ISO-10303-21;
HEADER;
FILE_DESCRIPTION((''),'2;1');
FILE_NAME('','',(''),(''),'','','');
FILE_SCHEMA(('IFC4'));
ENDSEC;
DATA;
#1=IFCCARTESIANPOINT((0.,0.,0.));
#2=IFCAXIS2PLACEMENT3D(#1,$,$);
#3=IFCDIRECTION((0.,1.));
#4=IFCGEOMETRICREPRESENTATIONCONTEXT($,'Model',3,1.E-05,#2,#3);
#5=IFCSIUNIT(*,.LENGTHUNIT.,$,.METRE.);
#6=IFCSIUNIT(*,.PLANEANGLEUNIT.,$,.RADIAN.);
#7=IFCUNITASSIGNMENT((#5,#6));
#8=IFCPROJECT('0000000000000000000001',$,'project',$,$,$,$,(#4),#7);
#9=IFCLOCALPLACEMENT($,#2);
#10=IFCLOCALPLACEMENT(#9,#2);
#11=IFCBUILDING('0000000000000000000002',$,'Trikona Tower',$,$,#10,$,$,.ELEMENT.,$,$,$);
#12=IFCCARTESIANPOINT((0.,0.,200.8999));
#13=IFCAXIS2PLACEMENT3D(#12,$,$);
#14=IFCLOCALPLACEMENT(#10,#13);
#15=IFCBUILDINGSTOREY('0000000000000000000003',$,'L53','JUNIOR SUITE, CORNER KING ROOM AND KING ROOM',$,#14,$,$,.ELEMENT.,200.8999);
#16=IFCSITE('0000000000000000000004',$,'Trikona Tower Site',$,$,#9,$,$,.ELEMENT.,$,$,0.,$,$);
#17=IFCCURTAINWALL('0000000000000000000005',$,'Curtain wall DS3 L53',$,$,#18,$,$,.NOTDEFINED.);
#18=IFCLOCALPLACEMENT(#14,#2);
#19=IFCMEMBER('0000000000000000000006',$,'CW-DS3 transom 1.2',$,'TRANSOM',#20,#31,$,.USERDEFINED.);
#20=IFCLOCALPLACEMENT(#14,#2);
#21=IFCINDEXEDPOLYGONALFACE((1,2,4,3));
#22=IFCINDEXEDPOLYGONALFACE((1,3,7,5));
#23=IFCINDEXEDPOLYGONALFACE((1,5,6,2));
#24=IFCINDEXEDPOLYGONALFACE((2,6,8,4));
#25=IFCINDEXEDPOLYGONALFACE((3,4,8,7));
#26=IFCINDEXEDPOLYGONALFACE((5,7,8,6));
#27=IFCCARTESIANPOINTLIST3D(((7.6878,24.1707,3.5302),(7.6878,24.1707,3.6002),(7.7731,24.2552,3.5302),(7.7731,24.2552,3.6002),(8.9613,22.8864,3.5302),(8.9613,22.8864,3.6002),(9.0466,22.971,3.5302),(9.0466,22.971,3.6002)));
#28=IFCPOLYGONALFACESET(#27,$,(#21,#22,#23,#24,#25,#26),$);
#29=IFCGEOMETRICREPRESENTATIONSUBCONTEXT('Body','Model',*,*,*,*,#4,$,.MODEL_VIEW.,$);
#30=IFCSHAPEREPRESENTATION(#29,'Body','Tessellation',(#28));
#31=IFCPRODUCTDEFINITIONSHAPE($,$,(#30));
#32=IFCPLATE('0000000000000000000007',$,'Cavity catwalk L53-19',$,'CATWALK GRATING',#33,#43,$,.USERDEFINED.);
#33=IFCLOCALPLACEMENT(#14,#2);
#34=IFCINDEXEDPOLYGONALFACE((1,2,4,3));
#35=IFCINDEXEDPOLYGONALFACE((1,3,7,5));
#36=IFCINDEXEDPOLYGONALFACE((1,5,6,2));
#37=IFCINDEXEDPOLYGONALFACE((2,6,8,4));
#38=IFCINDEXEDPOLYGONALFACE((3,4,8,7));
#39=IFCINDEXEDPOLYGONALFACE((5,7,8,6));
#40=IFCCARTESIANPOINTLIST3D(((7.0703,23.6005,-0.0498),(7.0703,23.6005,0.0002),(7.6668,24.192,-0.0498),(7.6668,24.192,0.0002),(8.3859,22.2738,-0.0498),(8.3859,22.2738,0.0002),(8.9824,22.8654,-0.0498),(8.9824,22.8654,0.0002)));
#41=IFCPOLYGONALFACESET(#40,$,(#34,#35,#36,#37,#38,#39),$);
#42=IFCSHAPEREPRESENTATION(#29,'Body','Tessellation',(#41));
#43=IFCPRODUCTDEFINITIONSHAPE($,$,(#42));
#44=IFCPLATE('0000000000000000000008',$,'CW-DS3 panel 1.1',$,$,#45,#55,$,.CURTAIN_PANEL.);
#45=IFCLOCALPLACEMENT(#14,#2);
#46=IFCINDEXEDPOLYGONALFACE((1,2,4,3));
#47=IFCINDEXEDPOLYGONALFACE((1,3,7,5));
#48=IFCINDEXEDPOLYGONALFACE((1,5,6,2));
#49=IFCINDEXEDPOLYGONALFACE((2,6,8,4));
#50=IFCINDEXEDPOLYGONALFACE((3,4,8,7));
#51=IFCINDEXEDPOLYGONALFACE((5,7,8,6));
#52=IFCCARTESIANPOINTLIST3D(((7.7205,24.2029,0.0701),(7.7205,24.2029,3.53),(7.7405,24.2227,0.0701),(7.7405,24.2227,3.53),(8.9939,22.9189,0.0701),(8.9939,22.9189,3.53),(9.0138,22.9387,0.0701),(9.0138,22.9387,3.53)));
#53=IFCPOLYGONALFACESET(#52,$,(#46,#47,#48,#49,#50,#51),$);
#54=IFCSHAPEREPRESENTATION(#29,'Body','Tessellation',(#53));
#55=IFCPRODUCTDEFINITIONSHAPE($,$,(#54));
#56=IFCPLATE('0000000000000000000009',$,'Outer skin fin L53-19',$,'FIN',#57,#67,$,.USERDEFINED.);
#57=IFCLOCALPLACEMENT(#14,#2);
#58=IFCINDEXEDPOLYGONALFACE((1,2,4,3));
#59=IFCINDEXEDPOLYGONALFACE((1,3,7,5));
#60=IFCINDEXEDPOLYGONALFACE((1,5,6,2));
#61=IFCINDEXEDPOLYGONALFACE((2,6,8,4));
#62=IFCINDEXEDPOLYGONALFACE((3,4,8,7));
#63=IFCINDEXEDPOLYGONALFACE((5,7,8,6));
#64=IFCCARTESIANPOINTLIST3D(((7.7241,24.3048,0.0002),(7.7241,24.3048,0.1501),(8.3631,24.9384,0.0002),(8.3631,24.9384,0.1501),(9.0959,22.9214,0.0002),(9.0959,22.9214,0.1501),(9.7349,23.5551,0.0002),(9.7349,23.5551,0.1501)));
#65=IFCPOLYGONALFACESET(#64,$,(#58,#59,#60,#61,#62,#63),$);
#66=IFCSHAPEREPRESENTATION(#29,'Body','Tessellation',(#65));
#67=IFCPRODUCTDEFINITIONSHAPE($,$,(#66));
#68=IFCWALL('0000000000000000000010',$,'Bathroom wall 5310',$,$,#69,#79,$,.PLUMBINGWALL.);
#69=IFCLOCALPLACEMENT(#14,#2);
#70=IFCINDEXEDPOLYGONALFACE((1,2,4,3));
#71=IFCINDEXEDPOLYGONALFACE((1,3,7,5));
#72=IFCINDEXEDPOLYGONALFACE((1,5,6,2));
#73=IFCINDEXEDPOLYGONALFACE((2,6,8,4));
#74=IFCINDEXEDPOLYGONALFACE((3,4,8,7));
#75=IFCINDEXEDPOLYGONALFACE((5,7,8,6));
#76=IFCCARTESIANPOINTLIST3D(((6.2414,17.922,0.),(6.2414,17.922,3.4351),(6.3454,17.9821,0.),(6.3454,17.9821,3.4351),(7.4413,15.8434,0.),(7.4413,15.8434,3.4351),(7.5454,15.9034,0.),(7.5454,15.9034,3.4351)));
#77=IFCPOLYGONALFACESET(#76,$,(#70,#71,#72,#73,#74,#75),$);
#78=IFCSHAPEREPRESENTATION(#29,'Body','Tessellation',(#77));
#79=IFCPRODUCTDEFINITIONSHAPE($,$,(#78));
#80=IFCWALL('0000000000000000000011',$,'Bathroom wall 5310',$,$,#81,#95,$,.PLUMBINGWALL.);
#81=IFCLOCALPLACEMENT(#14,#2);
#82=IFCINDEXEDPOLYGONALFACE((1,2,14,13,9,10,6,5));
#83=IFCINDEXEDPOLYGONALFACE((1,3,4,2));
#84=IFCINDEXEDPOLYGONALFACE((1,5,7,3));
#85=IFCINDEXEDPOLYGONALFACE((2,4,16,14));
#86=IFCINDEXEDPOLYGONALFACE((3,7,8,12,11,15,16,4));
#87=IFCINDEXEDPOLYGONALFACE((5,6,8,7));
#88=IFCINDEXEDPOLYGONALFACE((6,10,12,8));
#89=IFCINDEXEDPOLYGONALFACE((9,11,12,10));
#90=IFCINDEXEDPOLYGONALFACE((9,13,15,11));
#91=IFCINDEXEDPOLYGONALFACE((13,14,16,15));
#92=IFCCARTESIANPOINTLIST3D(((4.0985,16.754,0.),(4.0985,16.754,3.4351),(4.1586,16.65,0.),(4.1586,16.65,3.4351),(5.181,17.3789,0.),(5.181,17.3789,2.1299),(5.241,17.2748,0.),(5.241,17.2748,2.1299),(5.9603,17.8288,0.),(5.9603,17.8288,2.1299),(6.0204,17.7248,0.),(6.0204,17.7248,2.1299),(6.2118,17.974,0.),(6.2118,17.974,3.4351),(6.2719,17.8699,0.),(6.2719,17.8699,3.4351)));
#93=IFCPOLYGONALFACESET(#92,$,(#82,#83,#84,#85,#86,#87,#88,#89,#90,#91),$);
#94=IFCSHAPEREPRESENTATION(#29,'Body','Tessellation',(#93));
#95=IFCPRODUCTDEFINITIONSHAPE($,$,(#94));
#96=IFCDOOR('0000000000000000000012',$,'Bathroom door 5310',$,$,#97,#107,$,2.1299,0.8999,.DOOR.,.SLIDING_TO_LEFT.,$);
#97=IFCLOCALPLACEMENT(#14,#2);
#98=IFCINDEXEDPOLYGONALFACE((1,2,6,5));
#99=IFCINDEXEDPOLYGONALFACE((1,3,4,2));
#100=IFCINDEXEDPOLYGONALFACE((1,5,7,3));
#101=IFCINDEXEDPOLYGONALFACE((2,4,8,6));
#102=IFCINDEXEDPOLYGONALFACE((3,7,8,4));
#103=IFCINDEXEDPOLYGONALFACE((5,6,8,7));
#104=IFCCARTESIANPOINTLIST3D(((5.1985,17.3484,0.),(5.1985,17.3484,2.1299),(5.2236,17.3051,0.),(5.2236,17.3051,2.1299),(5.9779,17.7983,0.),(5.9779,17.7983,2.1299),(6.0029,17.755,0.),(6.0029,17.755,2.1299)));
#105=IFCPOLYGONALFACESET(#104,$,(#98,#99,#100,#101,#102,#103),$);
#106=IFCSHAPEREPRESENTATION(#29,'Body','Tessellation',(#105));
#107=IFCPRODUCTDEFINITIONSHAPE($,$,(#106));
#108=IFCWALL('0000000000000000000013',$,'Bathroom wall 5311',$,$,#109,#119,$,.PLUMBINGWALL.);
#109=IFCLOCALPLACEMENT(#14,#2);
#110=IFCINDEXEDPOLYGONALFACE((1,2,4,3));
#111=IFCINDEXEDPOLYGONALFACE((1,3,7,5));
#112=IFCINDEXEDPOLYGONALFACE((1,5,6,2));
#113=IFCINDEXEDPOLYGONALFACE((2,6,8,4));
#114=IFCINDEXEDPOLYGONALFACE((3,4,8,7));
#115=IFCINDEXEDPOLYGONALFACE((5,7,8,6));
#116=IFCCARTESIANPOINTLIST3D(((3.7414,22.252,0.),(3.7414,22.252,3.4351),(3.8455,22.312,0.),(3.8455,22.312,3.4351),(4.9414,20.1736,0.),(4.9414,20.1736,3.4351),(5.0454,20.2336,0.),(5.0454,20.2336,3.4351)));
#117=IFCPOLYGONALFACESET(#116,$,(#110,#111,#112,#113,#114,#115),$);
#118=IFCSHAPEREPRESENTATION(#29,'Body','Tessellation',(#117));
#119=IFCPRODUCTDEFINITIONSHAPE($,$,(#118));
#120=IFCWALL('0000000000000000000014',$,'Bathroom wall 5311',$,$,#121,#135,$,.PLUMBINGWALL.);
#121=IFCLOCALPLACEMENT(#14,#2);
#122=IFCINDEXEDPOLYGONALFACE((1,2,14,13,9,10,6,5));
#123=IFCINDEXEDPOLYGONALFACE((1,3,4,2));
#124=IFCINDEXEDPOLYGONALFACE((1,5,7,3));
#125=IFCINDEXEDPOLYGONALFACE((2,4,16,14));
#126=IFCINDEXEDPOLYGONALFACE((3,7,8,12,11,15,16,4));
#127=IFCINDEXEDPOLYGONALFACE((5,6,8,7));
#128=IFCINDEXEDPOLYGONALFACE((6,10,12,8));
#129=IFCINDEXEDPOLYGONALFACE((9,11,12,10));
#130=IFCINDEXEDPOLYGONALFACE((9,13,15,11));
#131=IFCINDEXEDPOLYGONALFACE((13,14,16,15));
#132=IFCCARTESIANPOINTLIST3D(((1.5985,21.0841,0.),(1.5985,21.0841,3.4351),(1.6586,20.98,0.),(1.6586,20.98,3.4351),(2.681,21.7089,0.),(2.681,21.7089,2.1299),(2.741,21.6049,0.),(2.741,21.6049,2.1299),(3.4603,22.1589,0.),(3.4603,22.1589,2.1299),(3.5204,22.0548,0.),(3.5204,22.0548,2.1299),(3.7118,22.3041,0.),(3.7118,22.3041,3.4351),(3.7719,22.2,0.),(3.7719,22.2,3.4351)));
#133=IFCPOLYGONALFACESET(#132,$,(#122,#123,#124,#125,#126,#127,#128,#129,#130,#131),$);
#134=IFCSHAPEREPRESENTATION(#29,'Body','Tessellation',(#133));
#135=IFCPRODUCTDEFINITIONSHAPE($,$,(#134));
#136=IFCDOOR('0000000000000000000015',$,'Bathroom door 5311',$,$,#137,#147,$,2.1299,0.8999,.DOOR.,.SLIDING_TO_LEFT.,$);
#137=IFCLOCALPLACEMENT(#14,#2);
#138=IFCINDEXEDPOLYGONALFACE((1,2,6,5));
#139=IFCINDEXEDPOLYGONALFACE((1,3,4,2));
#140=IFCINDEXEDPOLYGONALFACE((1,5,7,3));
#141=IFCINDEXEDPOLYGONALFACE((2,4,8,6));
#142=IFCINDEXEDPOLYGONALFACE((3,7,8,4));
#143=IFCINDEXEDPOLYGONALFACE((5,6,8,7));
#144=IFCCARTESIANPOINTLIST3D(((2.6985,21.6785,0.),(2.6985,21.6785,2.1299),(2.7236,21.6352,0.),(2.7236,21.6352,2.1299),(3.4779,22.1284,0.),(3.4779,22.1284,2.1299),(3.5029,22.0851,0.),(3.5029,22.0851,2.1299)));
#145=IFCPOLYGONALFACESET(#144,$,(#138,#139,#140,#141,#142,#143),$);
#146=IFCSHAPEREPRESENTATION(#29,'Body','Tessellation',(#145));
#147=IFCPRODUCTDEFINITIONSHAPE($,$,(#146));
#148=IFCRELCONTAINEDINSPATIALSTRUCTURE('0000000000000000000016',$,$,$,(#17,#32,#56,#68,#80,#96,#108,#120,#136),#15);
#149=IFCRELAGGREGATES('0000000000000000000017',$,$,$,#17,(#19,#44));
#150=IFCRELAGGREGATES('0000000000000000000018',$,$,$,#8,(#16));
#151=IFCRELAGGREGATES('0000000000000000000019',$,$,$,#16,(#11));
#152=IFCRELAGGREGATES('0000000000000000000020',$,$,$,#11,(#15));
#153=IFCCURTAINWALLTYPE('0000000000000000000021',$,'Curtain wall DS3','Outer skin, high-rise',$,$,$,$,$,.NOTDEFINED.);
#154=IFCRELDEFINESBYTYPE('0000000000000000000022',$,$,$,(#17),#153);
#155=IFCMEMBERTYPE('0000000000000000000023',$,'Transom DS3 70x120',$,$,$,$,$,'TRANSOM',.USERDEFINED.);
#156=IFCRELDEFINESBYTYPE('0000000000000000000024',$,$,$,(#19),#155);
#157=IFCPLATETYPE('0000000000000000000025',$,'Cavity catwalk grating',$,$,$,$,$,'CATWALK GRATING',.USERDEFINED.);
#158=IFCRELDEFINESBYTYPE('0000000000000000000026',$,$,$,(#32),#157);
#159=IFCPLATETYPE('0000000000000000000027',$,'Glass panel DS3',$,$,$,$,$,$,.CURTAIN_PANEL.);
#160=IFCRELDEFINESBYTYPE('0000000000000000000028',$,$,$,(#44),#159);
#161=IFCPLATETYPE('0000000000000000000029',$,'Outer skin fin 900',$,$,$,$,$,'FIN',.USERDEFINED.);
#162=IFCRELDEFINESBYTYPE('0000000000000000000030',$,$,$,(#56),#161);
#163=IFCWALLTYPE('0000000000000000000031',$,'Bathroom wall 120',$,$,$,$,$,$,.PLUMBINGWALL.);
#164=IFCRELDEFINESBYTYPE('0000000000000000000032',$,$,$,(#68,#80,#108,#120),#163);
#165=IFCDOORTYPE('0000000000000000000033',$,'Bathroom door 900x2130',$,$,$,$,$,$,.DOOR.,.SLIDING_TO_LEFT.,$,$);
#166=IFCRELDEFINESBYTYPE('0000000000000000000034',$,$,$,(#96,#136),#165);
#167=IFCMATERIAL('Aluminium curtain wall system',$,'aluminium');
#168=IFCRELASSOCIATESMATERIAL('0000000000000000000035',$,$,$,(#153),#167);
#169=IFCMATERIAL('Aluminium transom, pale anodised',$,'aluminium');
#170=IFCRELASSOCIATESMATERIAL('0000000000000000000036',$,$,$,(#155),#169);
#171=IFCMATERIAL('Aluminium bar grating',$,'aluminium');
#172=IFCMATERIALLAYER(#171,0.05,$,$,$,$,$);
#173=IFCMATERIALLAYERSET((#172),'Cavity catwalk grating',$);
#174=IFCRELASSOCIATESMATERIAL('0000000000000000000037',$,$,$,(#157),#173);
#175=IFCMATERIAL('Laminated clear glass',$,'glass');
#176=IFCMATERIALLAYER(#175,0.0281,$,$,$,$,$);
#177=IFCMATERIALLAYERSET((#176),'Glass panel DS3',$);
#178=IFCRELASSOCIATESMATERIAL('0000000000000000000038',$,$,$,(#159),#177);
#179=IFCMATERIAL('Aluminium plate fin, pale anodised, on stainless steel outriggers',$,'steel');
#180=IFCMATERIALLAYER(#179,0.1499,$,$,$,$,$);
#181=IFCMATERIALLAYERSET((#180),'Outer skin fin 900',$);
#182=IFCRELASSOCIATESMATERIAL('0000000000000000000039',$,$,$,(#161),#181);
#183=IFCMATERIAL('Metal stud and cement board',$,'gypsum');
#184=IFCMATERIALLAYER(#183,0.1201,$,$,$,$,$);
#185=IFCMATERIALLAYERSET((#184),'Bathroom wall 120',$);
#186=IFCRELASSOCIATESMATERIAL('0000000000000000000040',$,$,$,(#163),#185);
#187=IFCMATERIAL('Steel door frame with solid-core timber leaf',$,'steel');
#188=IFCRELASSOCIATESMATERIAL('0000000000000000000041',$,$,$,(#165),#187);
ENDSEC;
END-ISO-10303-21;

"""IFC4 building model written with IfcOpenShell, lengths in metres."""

from ifc_helpers import new_model, si_unit, direction, frame, frame_2d, origin, origin_2d, place, context, subcontext, project, spatial, rectangle, extrude, material, layer, layer_set, material_profile, profile_set, type_object, element, fill, aggregate, save


model = new_model("IFC4")

# Units and contexts
model_context = context("Model", 3, precision=1e-05, world=origin(), true_north=direction((0.0, 1.0)))
body_context = subcontext(model_context, "Body", "Model", "MODEL_VIEW")
ifc_project = project(units=[si_unit("LENGTHUNIT", "METRE"), si_unit("PLANEANGLEUNIT", "RADIAN")], contexts=[model_context])

# Site, building, storey
site_placement = place(None, origin())
site = spatial("IfcSite", under=ifc_project, at=site_placement, Name="Trikona Tower Site", CompositionType="ELEMENT", RefElevation=0.0)
building_placement = place(site_placement, origin())
building = spatial("IfcBuilding", under=site, at=building_placement, Name="Trikona Tower", CompositionType="ELEMENT")
storey_placement = place(building_placement, frame((0.0, 0.0, 200.8999)))
storey = spatial("IfcBuildingStorey", under=building, at=storey_placement, Name="L53", Description="JUNIOR SUITE, CORNER KING ROOM AND KING ROOM", CompositionType="ELEMENT", Elevation=200.8999)

# Curtain wall
ifc_material_1 = material(Name="Aluminium curtain wall system", Category="aluminium")
curtain_wall_type = type_object("IfcCurtainWallType", Name="Curtain wall DS3", Description="Outer skin, high-rise", PredefinedType="NOTDEFINED", material=ifc_material_1)
curtain_wall_placement = place(storey_placement, origin())
curtain_wall = element("IfcCurtainWall", 1, at=curtain_wall_placement, inside=storey, type_object=curtain_wall_type, Name="Curtain wall DS3 L53", PredefinedType="NOTDEFINED")

# Member
ifc_material_2 = material(Name="Aluminium transom, pale anodised", Category="aluminium")
ifc_material_profile_1 = material_profile(ifc_material_2, rectangle(XDim=0.1201, YDim=0.0701, at=origin_2d()), Name="TRN-DS3")
ifc_profile_set_1 = profile_set([ifc_material_profile_1], Name="Aluminium transom, pale anodised")
member_type_1 = type_object("IfcMemberType", Name="Transom DS3 70x120", ElementType="TRANSOM", PredefinedType="USERDEFINED", material=ifc_profile_set_1)
member_1_placement = place(storey_placement, frame((9.0039, 22.9287, 3.5652), z_axis=(-0.704131, 0.71007, 0.0), x_axis=(-0.71007, -0.704131, 0.0)))
member_1 = element("IfcMember", 2, at=member_1_placement, type_object=member_type_1, Name="CW-DS3 transom 1.2", ObjectType="TRANSOM", PredefinedType="USERDEFINED", context=body_context, shape_type="SweptSolid", body=[
    extrude(rectangle(XDim=0.1201, YDim=0.0701, at=origin_2d()), origin(), (0.0, 0.0, 1.0), 1.8086),
])

# Plates
ifc_material_3 = material(Name="Aluminium bar grating", Category="aluminium")
ifc_layer_1 = layer(ifc_material_3, 0.05)
ifc_layer_set_1 = layer_set([ifc_layer_1], Name="Cavity catwalk grating")
plate_type_1 = type_object("IfcPlateType", Name="Cavity catwalk grating", ElementType="CATWALK GRATING", PredefinedType="USERDEFINED", material=ifc_layer_set_1)
plate_1_placement = place(storey_placement, frame((8.0264, 23.2329, -0.0498), z_axis=(0.0, 0.0, 1.0), x_axis=(-0.704151, 0.71005, 0.0)))
element("IfcPlate", 3, at=plate_1_placement, inside=storey, type_object=plate_type_1, Name="Cavity catwalk L53-19", ObjectType="CATWALK GRATING", PredefinedType="USERDEFINED", context=body_context, shape_type="SweptSolid", body=[
    extrude(rectangle(XDim=1.8684, YDim=0.8401, at=origin_2d()), origin(), (0.0, 0.0, 1.0), 0.05),
])
ifc_material_4 = material(Name="Laminated clear glass", Category="glass")
ifc_layer_2 = layer(ifc_material_4, 0.0281)
ifc_layer_set_2 = layer_set([ifc_layer_2], Name="Glass panel DS3")
plate_type_2 = type_object("IfcPlateType", Name="Glass panel DS3", PredefinedType="CURTAIN_PANEL", material=ifc_layer_set_2)
plate_2_placement = place(storey_placement, frame((8.3672, 23.5708, 0.0701), z_axis=(0.0, 0.0, 1.0), x_axis=(-0.704149, 0.710052, 0.0)))
plate_2 = element("IfcPlate", 4, at=plate_2_placement, type_object=plate_type_2, Name="CW-DS3 panel 1.1", PredefinedType="CURTAIN_PANEL", context=body_context, shape_type="SweptSolid", body=[
    extrude(rectangle(XDim=1.8083, YDim=0.0281, at=origin_2d()), origin(), (0.0, 0.0, 1.0), 3.46),
])
aggregate(curtain_wall, [member_1, plate_2])
ifc_material_5 = material(Name="Aluminium plate fin, pale anodised, on stainless steel outriggers", Category="steel")
ifc_layer_3 = layer(ifc_material_5, 0.1499)
ifc_layer_set_3 = layer_set([ifc_layer_3], Name="Outer skin fin 900")
plate_type_3 = type_object("IfcPlateType", Name="Outer skin fin 900", ElementType="FIN", PredefinedType="USERDEFINED", material=ifc_layer_set_3)
plate_3_placement = place(storey_placement, frame((8.7295, 23.9299, 0.0002), z_axis=(0.0, 0.0, 1.0), x_axis=(-0.704151, 0.71005, 0.0)))
element("IfcPlate", 5, at=plate_3_placement, inside=storey, type_object=plate_type_3, Name="Outer skin fin L53-19", ObjectType="FIN", PredefinedType="USERDEFINED", context=body_context, shape_type="SweptSolid", body=[
    extrude(rectangle(XDim=1.9482, YDim=0.8999, at=origin_2d()), origin(), (0.0, 0.0, 1.0), 0.1499),
])

# Wall
ifc_material_6 = material(Name="Metal stud and cement board", Category="gypsum")
ifc_layer_4 = layer(ifc_material_6, 0.1201)
ifc_layer_set_4 = layer_set([ifc_layer_4], Name="Bathroom wall 120")
wall_type_1 = type_object("IfcWallType", Name="Bathroom wall 120", PredefinedType="PLUMBINGWALL", material=ifc_layer_set_4)
wall_1_placement = place(storey_placement, frame((7.4934, 15.8733, 0.0), z_axis=(0.0, 0.0, 1.0), x_axis=(-0.499957, 0.86605, 0.0)))
element("IfcWall", 6, at=wall_1_placement, inside=storey, type_object=wall_type_1, Name="Bathroom wall 5310", PredefinedType="PLUMBINGWALL", context=body_context, shape_type="SweptSolid", body=[
    extrude(rectangle(XDim=2.4001, YDim=0.1201, at=frame_2d((1.2002, 0.0))), origin(), (0.0, 0.0, 1.0), 3.4351),
])

# Wall, opening, door
wall_2_placement = place(storey_placement, frame((4.1284, 16.7019, 0.0), z_axis=(0.0, 0.0, 1.0), x_axis=(0.866049, 0.499959, 0.0)))
wall_2 = element("IfcWall", 7, at=wall_2_placement, inside=storey, type_object=wall_type_1, Name="Bathroom wall 5310", PredefinedType="PLUMBINGWALL", context=body_context, shape_type="SweptSolid", body=[
    extrude(rectangle(XDim=2.4402, YDim=0.1201, at=frame_2d((1.2202, 0.0))), origin(), (0.0, 0.0, 1.0), 3.4351),
])
opening_1_placement = place(wall_2_placement, frame((1.25, 0.0, 0.0)))
opening_1 = element("IfcOpeningElement", 8, at=opening_1_placement, cuts=wall_2, PredefinedType="OPENING", context=body_context, shape_type="SweptSolid", body=[
    extrude(rectangle(XDim=0.8999, YDim=2.1299, at=frame_2d((0.45, 1.0649))), frame((0.0, 0.0701, 0.0), z_axis=(0.0, -1.0, 0.0), x_axis=(1.0, 0.0, 0.0)), (0.0, 0.0, 1.0), 0.1401),
])
ifc_material_7 = material(Name="Steel door frame with solid-core timber leaf", Category="steel")
door_type_1 = type_object("IfcDoorType", Name="Bathroom door 900x2130", OperationType="SLIDING_TO_LEFT", PredefinedType="DOOR", material=ifc_material_7)
door_1_placement = place(opening_1_placement, origin())
door_1 = element("IfcDoor", 9, at=door_1_placement, inside=storey, type_object=door_type_1, Name="Bathroom door 5310", OperationType="SLIDING_TO_LEFT", OverallHeight=2.1299, OverallWidth=0.8999, PredefinedType="DOOR", context=body_context, shape_type="SweptSolid", body=[
    extrude(rectangle(XDim=0.8999, YDim=2.1299, at=frame_2d((0.45, 1.0649))), frame((0.0, 0.0249, 0.0), z_axis=(0.0, -1.0, 0.0), x_axis=(1.0, 0.0, 0.0)), (0.0, 0.0, 1.0), 0.05),
])
fill(opening_1, door_1)

# Wall
wall_3_placement = place(storey_placement, frame((4.9934, 20.2036, 0.0), z_axis=(0.0, 0.0, 1.0), x_axis=(-0.500001, 0.866025, 0.0)))
element("IfcWall", 10, at=wall_3_placement, inside=storey, type_object=wall_type_1, Name="Bathroom wall 5311", PredefinedType="PLUMBINGWALL", context=body_context, shape_type="SweptSolid", body=[
    extrude(rectangle(XDim=2.3999, YDim=0.1201, at=frame_2d((1.2, 0.0))), origin(), (0.0, 0.0, 1.0), 3.4351),
])

# Wall, opening, door
wall_4_placement = place(storey_placement, frame((1.6284, 21.032, 0.0), z_axis=(0.0, 0.0, 1.0), x_axis=(0.866049, 0.499959, 0.0)))
wall_4 = element("IfcWall", 11, at=wall_4_placement, inside=storey, type_object=wall_type_1, Name="Bathroom wall 5311", PredefinedType="PLUMBINGWALL", context=body_context, shape_type="SweptSolid", body=[
    extrude(rectangle(XDim=2.4402, YDim=0.1201, at=frame_2d((1.2202, 0.0))), origin(), (0.0, 0.0, 1.0), 3.4351),
])
opening_2_placement = place(wall_4_placement, frame((1.25, 0.0, 0.0)))
opening_2 = element("IfcOpeningElement", 12, at=opening_2_placement, cuts=wall_4, PredefinedType="OPENING", context=body_context, shape_type="SweptSolid", body=[
    extrude(rectangle(XDim=0.8999, YDim=2.1299, at=frame_2d((0.45, 1.0649))), frame((0.0, 0.0701, 0.0), z_axis=(0.0, -1.0, 0.0), x_axis=(1.0, 0.0, 0.0)), (0.0, 0.0, 1.0), 0.1401),
])
door_2_placement = place(opening_2_placement, origin())
door_2 = element("IfcDoor", 13, at=door_2_placement, inside=storey, type_object=door_type_1, Name="Bathroom door 5311", OperationType="SLIDING_TO_LEFT", OverallHeight=2.1299, OverallWidth=0.8999, PredefinedType="DOOR", context=body_context, shape_type="SweptSolid", body=[
    extrude(rectangle(XDim=0.8999, YDim=2.1299, at=frame_2d((0.45, 1.0649))), frame((0.0, 0.0249, 0.0), z_axis=(0.0, -1.0, 0.0), x_axis=(1.0, 0.0, 0.0)), (0.0, 0.0, 1.0), 0.05),
])
fill(opening_2, door_2)

save(model, "model.ifc")
